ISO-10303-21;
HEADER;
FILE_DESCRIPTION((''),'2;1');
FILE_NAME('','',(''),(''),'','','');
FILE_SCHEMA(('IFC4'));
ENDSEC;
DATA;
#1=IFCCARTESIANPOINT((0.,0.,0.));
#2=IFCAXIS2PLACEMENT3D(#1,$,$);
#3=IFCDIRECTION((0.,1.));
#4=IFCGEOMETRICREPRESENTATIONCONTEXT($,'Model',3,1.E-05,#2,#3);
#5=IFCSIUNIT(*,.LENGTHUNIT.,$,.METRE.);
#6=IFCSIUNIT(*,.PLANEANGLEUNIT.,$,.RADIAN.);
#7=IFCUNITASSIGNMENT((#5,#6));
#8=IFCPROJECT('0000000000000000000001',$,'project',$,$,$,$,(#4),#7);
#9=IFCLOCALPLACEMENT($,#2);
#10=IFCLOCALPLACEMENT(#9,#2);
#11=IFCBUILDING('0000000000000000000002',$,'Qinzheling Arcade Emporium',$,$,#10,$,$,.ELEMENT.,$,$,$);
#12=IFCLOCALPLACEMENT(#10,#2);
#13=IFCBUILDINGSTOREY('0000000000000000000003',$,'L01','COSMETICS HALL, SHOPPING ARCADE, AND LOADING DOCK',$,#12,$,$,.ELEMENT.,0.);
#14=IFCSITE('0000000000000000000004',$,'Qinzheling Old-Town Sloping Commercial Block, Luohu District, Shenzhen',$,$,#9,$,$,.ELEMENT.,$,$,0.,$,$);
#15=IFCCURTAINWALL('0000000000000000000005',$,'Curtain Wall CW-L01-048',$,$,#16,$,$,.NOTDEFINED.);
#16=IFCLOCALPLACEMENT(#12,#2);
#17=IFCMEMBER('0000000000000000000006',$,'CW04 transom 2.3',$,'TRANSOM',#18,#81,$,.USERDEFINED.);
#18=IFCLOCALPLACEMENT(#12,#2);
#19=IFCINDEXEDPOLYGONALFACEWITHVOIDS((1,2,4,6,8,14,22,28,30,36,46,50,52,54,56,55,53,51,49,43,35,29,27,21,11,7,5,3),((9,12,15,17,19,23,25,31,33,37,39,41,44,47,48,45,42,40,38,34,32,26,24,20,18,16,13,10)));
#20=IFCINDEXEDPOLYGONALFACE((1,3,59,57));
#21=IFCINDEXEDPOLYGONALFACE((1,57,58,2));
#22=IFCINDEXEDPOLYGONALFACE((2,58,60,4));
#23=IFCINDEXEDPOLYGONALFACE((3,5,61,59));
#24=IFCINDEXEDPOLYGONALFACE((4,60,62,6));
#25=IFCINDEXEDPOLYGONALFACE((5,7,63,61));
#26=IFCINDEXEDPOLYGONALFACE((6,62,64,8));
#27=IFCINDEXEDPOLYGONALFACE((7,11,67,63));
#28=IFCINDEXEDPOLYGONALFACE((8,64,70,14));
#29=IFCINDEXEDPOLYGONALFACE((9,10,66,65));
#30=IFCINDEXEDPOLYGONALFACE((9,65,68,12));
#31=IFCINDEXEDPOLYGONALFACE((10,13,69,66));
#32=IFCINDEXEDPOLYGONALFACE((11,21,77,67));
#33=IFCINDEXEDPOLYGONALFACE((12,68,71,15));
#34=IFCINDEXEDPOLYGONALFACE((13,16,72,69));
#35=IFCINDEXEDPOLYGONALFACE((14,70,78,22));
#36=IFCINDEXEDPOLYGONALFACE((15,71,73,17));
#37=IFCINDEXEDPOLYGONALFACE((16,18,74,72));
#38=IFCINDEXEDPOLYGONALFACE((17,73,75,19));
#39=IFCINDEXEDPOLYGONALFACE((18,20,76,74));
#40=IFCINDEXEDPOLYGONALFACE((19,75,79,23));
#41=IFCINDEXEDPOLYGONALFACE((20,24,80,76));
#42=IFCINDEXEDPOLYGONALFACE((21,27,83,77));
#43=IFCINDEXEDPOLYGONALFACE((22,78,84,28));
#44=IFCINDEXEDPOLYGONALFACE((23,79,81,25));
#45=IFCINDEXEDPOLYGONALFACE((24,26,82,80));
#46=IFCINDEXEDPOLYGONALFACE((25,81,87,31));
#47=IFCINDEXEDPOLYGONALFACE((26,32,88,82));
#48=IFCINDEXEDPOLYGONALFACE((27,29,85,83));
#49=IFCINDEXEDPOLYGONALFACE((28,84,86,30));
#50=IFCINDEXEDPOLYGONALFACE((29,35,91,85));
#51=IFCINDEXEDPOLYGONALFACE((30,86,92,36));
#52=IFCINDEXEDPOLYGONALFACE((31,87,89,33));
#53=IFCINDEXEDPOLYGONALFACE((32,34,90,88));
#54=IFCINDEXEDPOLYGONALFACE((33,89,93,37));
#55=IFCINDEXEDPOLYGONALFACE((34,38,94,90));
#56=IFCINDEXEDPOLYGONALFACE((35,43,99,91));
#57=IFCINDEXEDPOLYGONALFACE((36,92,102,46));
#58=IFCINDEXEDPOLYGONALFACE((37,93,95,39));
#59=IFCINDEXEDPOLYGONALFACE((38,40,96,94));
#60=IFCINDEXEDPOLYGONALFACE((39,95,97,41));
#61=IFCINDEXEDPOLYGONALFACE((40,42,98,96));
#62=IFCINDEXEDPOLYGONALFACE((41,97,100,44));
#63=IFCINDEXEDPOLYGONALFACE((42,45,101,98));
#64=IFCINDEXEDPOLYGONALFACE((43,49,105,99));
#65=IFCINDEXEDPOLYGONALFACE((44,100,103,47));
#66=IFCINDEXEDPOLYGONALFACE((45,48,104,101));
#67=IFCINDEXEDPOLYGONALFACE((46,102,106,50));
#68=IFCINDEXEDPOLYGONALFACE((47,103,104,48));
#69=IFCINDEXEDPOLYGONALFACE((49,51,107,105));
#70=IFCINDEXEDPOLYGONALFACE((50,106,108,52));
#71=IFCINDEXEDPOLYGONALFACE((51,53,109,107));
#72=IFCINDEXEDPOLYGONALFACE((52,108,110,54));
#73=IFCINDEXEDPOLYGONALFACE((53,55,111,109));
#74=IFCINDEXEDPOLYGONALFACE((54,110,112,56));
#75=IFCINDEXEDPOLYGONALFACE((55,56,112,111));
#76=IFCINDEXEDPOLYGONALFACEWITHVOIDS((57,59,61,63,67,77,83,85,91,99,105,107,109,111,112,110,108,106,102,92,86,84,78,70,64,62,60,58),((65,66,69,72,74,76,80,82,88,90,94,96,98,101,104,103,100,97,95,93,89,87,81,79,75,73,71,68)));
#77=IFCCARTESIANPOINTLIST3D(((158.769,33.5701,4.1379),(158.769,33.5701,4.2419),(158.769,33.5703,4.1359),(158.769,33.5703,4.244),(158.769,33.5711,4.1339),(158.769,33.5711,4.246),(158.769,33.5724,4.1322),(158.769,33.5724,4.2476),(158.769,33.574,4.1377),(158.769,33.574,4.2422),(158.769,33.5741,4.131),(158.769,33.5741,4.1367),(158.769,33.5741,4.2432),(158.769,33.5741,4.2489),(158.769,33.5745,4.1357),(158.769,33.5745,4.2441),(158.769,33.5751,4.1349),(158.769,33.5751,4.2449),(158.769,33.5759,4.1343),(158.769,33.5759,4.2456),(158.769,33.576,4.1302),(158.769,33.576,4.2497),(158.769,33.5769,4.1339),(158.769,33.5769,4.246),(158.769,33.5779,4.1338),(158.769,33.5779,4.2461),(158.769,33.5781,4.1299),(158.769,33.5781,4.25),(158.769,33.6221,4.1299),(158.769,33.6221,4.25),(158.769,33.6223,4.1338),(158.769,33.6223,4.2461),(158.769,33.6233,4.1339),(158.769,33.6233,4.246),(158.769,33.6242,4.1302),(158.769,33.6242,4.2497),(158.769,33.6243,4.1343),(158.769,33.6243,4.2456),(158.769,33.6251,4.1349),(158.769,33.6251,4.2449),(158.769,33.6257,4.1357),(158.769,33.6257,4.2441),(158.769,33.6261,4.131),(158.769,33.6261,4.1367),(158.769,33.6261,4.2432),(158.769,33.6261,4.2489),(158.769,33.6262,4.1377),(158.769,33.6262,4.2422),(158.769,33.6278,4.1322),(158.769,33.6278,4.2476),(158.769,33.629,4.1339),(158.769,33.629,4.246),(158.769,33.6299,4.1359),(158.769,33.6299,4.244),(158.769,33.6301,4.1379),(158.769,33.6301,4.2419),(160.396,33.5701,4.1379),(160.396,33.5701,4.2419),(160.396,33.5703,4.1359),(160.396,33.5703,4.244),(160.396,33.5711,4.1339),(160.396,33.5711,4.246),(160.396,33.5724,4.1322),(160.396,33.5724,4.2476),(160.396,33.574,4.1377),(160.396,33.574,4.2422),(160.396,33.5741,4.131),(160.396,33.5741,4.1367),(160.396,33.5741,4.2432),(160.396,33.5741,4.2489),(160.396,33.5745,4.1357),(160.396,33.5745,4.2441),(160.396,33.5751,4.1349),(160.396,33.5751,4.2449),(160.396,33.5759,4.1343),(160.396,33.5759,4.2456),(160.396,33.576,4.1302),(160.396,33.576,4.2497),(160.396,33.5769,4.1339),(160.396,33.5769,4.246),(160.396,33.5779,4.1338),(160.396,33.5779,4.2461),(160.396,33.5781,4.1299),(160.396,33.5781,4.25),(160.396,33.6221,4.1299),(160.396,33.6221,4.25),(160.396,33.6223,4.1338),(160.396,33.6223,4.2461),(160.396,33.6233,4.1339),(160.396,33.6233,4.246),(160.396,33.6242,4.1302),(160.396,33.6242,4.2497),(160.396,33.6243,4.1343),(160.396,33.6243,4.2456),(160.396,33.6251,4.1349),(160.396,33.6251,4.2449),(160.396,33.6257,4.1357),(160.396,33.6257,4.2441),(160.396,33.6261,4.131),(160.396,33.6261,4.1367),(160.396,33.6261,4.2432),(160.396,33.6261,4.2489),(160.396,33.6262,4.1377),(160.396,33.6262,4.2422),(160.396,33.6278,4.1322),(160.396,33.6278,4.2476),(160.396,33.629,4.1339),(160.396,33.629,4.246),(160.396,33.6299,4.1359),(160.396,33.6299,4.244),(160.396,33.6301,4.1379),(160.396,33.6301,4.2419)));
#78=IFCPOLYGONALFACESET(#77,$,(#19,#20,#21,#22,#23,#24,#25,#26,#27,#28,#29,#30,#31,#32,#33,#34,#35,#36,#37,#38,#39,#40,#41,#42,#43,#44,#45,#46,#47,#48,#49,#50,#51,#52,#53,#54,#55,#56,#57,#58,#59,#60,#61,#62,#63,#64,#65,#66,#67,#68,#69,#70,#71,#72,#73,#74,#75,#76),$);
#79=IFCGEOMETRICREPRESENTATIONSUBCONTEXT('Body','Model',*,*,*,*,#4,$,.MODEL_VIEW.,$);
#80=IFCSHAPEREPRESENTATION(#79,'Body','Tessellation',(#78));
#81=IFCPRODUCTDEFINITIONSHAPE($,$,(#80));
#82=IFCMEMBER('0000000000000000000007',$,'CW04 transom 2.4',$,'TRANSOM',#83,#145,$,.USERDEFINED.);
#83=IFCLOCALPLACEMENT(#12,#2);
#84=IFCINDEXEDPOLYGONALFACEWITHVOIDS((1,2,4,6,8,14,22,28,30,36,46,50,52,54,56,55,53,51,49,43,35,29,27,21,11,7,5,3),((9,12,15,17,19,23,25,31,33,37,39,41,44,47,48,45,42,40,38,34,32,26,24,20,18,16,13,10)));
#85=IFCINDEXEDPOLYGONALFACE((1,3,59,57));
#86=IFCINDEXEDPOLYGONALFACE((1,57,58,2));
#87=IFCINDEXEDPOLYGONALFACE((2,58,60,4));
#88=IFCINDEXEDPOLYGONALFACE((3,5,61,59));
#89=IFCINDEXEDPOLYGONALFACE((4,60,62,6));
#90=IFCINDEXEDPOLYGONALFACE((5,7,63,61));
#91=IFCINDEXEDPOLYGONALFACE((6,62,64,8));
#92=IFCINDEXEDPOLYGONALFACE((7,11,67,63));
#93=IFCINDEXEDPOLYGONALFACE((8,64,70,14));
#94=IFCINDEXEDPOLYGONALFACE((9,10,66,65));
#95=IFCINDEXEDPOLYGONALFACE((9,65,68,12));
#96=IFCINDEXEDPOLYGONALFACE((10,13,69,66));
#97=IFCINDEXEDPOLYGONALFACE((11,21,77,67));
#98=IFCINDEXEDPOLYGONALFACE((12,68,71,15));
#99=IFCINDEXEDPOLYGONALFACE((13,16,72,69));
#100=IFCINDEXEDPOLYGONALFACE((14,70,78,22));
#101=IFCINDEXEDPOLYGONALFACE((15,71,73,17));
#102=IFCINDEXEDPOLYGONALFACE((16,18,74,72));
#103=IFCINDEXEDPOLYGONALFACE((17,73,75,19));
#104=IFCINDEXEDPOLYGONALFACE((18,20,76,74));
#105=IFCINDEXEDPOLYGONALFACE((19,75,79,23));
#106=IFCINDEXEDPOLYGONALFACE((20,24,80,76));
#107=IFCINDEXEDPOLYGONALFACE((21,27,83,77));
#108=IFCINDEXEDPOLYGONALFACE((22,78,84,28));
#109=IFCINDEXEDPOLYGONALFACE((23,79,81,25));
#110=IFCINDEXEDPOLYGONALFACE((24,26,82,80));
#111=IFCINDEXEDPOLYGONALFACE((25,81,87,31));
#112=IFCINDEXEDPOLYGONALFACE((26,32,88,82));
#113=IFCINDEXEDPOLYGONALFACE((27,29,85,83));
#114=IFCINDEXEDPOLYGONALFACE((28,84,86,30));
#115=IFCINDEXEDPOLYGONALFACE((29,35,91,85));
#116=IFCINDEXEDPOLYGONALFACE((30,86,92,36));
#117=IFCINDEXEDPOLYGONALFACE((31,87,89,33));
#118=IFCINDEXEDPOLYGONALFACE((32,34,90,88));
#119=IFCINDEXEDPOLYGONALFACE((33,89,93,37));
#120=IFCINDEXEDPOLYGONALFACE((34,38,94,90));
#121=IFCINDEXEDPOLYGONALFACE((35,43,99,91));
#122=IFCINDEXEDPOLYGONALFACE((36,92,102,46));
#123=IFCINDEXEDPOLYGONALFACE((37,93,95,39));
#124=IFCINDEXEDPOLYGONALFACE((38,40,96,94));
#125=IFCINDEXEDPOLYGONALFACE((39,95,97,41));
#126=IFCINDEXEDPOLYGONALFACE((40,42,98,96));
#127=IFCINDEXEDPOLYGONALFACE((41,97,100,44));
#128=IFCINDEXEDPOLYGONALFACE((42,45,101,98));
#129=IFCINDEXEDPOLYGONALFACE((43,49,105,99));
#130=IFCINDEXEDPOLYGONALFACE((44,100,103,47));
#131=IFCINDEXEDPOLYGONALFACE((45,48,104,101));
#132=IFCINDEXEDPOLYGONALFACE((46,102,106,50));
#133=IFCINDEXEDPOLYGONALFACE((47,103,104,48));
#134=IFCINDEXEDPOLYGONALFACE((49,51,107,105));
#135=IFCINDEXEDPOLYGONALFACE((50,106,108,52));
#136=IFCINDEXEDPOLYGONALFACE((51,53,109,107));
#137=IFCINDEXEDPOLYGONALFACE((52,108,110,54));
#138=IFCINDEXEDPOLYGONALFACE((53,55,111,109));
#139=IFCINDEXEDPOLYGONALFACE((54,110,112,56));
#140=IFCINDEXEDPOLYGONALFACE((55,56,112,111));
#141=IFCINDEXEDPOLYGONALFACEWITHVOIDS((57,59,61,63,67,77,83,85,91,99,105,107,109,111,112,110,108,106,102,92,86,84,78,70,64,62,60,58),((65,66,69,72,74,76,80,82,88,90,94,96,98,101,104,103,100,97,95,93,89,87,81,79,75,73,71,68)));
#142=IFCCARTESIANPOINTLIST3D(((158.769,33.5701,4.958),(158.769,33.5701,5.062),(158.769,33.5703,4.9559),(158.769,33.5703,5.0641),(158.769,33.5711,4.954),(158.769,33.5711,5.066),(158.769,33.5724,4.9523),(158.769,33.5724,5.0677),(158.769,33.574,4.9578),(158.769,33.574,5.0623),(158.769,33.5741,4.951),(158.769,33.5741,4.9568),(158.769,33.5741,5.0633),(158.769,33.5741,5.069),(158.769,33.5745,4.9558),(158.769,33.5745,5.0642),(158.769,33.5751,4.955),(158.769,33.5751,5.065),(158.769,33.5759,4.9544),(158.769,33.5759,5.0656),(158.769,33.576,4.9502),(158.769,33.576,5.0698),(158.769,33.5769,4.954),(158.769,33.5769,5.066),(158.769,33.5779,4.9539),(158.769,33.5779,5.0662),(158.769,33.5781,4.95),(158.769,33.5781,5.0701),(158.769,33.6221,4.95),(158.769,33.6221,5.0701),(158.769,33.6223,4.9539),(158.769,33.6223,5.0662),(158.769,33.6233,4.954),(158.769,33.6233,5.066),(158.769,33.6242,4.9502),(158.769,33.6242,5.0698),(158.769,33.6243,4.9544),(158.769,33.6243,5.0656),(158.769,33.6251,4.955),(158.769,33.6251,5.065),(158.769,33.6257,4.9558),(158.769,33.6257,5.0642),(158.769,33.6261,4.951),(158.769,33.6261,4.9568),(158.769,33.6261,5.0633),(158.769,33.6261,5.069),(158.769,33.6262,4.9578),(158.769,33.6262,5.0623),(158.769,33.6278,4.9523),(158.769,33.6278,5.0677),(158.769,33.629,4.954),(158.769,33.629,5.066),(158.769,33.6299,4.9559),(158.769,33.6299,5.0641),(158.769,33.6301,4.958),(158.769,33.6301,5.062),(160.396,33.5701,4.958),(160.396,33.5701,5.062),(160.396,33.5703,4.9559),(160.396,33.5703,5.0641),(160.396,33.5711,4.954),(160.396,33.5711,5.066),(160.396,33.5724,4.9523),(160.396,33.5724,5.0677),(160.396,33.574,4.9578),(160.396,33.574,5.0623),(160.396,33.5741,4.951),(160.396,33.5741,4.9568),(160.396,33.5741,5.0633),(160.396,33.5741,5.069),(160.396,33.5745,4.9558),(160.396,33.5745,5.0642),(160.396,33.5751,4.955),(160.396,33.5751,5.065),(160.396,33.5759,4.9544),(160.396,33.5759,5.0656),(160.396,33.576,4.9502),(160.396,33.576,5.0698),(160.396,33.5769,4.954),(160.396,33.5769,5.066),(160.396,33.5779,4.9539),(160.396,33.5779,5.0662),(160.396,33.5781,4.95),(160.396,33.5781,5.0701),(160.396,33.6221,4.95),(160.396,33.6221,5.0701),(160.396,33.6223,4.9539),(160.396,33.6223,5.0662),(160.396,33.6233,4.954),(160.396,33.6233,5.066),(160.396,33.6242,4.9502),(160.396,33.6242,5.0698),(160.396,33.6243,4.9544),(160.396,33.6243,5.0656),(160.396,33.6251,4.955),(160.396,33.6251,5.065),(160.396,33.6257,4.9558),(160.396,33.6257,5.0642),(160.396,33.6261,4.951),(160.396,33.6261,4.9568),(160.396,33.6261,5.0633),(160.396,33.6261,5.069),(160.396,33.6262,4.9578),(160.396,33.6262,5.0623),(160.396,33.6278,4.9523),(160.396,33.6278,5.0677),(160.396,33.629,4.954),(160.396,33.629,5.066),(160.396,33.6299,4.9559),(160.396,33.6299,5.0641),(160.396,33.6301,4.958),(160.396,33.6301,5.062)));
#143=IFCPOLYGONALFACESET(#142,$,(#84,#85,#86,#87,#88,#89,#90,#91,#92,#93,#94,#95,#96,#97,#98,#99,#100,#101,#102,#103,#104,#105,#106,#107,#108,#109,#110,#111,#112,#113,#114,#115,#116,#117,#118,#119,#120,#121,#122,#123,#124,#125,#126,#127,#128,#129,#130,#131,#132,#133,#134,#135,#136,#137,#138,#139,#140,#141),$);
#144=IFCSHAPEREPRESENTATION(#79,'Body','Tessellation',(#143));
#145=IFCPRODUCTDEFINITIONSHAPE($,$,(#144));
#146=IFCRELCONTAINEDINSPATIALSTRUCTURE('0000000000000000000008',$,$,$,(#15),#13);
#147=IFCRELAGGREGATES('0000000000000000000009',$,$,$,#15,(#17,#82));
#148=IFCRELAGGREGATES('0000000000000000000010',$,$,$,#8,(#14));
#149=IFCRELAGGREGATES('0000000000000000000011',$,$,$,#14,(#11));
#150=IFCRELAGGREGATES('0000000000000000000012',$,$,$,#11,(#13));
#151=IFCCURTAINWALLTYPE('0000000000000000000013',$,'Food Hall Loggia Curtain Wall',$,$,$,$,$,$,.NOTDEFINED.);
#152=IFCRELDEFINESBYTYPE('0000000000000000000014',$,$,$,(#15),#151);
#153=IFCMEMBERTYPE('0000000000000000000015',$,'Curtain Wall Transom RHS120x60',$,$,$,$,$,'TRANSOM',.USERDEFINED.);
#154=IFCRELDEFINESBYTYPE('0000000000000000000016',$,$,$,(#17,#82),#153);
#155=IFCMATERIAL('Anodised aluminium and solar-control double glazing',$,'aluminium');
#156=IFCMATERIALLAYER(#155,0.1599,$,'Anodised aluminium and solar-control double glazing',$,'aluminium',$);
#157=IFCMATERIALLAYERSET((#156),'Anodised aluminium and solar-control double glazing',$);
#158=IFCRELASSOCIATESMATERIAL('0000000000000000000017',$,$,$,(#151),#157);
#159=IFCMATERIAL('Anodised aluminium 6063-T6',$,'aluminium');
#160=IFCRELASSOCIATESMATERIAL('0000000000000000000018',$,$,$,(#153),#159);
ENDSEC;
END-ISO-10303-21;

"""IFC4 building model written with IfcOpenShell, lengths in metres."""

from ifc_helpers import new_model, si_unit, direction, frame, origin, origin_2d, place, context, subcontext, project, spatial, hollow_rectangle, extrude, material, layer, layer_set, material_profile, profile_set, type_object, element, aggregate, save


model = new_model("IFC4")

# Units and contexts
model_context = context("Model", 3, precision=1e-05, world=origin(), true_north=direction((0.0, 1.0)))
body_context = subcontext(model_context, "Body", "Model", "MODEL_VIEW")
ifc_project = project(units=[si_unit("LENGTHUNIT", "METRE"), si_unit("PLANEANGLEUNIT", "RADIAN")], contexts=[model_context])

# Site, building, storey
site_placement = place(None, origin())
site = spatial("IfcSite", under=ifc_project, at=site_placement, Name="Qinzheling Old-Town Sloping Commercial Block, Luohu District, Shenzhen", CompositionType="ELEMENT", RefElevation=0.0)
building_placement = place(site_placement, origin())
building = spatial("IfcBuilding", under=site, at=building_placement, Name="Qinzheling Arcade Emporium", CompositionType="ELEMENT")
storey_placement = place(building_placement, origin())
storey = spatial("IfcBuildingStorey", under=building, at=storey_placement, Name="L01", Description="COSMETICS HALL, SHOPPING ARCADE, AND LOADING DOCK", CompositionType="ELEMENT", Elevation=0.0)

# Curtain wall, members
ifc_material_1 = material(Name="Anodised aluminium and solar-control double glazing", Category="aluminium")
ifc_layer_1 = layer(ifc_material_1, 0.1599, Name="Anodised aluminium and solar-control double glazing", Category="aluminium")
ifc_layer_set_1 = layer_set([ifc_layer_1], Name="Anodised aluminium and solar-control double glazing")
curtain_wall_type = type_object("IfcCurtainWallType", Name="Food Hall Loggia Curtain Wall", PredefinedType="NOTDEFINED", material=ifc_layer_set_1)
curtain_wall_placement = place(storey_placement, origin())
curtain_wall = element("IfcCurtainWall", 1, at=curtain_wall_placement, inside=storey, type_object=curtain_wall_type, Name="Curtain Wall CW-L01-048", PredefinedType="NOTDEFINED")
ifc_material_2 = material(Name="Anodised aluminium 6063-T6", Category="aluminium")
ifc_material_profile_1 = material_profile(ifc_material_2, hollow_rectangle(XDim=0.0601, YDim=0.1201, WallThickness=0.0039, InnerFilletRadius=0.0039, OuterFilletRadius=0.0081, at=origin_2d()), Name="RHS 120x60x4", Category="aluminium")
ifc_profile_set_1 = profile_set([ifc_material_profile_1], Name="Anodised aluminium 6063-T6")
member_type_1 = type_object("IfcMemberType", Name="Curtain Wall Transom RHS120x60", ElementType="TRANSOM", PredefinedType="USERDEFINED", material=ifc_profile_set_1)
member_1_placement = place(storey_placement, frame((158.769, 33.6001, 4.1899), z_axis=(1.0, 0.0, 0.0), x_axis=(0.0, 1.0, 0.0)))
member_1 = element("IfcMember", 2, at=member_1_placement, type_object=member_type_1, Name="CW04 transom 2.3", ObjectType="TRANSOM", PredefinedType="USERDEFINED", context=body_context, shape_type="SweptSolid", body=[
    extrude(hollow_rectangle(XDim=0.0601, YDim=0.1201, WallThickness=0.0039, InnerFilletRadius=0.0039, OuterFilletRadius=0.0081, at=origin_2d()), origin(), (0.0, 0.0, 1.0), 1.627),
])
member_2_placement = place(storey_placement, frame((158.769, 33.6001, 5.01), z_axis=(1.0, 0.0, 0.0), x_axis=(0.0, 1.0, 0.0)))
member_2 = element("IfcMember", 3, at=member_2_placement, type_object=member_type_1, Name="CW04 transom 2.4", ObjectType="TRANSOM", PredefinedType="USERDEFINED", context=body_context, shape_type="SweptSolid", body=[
    extrude(hollow_rectangle(XDim=0.0601, YDim=0.1201, WallThickness=0.0039, InnerFilletRadius=0.0039, OuterFilletRadius=0.0081, at=origin_2d()), origin(), (0.0, 0.0, 1.0), 1.627),
])
aggregate(curtain_wall, [member_1, member_2])

save(model, "model.ifc")
